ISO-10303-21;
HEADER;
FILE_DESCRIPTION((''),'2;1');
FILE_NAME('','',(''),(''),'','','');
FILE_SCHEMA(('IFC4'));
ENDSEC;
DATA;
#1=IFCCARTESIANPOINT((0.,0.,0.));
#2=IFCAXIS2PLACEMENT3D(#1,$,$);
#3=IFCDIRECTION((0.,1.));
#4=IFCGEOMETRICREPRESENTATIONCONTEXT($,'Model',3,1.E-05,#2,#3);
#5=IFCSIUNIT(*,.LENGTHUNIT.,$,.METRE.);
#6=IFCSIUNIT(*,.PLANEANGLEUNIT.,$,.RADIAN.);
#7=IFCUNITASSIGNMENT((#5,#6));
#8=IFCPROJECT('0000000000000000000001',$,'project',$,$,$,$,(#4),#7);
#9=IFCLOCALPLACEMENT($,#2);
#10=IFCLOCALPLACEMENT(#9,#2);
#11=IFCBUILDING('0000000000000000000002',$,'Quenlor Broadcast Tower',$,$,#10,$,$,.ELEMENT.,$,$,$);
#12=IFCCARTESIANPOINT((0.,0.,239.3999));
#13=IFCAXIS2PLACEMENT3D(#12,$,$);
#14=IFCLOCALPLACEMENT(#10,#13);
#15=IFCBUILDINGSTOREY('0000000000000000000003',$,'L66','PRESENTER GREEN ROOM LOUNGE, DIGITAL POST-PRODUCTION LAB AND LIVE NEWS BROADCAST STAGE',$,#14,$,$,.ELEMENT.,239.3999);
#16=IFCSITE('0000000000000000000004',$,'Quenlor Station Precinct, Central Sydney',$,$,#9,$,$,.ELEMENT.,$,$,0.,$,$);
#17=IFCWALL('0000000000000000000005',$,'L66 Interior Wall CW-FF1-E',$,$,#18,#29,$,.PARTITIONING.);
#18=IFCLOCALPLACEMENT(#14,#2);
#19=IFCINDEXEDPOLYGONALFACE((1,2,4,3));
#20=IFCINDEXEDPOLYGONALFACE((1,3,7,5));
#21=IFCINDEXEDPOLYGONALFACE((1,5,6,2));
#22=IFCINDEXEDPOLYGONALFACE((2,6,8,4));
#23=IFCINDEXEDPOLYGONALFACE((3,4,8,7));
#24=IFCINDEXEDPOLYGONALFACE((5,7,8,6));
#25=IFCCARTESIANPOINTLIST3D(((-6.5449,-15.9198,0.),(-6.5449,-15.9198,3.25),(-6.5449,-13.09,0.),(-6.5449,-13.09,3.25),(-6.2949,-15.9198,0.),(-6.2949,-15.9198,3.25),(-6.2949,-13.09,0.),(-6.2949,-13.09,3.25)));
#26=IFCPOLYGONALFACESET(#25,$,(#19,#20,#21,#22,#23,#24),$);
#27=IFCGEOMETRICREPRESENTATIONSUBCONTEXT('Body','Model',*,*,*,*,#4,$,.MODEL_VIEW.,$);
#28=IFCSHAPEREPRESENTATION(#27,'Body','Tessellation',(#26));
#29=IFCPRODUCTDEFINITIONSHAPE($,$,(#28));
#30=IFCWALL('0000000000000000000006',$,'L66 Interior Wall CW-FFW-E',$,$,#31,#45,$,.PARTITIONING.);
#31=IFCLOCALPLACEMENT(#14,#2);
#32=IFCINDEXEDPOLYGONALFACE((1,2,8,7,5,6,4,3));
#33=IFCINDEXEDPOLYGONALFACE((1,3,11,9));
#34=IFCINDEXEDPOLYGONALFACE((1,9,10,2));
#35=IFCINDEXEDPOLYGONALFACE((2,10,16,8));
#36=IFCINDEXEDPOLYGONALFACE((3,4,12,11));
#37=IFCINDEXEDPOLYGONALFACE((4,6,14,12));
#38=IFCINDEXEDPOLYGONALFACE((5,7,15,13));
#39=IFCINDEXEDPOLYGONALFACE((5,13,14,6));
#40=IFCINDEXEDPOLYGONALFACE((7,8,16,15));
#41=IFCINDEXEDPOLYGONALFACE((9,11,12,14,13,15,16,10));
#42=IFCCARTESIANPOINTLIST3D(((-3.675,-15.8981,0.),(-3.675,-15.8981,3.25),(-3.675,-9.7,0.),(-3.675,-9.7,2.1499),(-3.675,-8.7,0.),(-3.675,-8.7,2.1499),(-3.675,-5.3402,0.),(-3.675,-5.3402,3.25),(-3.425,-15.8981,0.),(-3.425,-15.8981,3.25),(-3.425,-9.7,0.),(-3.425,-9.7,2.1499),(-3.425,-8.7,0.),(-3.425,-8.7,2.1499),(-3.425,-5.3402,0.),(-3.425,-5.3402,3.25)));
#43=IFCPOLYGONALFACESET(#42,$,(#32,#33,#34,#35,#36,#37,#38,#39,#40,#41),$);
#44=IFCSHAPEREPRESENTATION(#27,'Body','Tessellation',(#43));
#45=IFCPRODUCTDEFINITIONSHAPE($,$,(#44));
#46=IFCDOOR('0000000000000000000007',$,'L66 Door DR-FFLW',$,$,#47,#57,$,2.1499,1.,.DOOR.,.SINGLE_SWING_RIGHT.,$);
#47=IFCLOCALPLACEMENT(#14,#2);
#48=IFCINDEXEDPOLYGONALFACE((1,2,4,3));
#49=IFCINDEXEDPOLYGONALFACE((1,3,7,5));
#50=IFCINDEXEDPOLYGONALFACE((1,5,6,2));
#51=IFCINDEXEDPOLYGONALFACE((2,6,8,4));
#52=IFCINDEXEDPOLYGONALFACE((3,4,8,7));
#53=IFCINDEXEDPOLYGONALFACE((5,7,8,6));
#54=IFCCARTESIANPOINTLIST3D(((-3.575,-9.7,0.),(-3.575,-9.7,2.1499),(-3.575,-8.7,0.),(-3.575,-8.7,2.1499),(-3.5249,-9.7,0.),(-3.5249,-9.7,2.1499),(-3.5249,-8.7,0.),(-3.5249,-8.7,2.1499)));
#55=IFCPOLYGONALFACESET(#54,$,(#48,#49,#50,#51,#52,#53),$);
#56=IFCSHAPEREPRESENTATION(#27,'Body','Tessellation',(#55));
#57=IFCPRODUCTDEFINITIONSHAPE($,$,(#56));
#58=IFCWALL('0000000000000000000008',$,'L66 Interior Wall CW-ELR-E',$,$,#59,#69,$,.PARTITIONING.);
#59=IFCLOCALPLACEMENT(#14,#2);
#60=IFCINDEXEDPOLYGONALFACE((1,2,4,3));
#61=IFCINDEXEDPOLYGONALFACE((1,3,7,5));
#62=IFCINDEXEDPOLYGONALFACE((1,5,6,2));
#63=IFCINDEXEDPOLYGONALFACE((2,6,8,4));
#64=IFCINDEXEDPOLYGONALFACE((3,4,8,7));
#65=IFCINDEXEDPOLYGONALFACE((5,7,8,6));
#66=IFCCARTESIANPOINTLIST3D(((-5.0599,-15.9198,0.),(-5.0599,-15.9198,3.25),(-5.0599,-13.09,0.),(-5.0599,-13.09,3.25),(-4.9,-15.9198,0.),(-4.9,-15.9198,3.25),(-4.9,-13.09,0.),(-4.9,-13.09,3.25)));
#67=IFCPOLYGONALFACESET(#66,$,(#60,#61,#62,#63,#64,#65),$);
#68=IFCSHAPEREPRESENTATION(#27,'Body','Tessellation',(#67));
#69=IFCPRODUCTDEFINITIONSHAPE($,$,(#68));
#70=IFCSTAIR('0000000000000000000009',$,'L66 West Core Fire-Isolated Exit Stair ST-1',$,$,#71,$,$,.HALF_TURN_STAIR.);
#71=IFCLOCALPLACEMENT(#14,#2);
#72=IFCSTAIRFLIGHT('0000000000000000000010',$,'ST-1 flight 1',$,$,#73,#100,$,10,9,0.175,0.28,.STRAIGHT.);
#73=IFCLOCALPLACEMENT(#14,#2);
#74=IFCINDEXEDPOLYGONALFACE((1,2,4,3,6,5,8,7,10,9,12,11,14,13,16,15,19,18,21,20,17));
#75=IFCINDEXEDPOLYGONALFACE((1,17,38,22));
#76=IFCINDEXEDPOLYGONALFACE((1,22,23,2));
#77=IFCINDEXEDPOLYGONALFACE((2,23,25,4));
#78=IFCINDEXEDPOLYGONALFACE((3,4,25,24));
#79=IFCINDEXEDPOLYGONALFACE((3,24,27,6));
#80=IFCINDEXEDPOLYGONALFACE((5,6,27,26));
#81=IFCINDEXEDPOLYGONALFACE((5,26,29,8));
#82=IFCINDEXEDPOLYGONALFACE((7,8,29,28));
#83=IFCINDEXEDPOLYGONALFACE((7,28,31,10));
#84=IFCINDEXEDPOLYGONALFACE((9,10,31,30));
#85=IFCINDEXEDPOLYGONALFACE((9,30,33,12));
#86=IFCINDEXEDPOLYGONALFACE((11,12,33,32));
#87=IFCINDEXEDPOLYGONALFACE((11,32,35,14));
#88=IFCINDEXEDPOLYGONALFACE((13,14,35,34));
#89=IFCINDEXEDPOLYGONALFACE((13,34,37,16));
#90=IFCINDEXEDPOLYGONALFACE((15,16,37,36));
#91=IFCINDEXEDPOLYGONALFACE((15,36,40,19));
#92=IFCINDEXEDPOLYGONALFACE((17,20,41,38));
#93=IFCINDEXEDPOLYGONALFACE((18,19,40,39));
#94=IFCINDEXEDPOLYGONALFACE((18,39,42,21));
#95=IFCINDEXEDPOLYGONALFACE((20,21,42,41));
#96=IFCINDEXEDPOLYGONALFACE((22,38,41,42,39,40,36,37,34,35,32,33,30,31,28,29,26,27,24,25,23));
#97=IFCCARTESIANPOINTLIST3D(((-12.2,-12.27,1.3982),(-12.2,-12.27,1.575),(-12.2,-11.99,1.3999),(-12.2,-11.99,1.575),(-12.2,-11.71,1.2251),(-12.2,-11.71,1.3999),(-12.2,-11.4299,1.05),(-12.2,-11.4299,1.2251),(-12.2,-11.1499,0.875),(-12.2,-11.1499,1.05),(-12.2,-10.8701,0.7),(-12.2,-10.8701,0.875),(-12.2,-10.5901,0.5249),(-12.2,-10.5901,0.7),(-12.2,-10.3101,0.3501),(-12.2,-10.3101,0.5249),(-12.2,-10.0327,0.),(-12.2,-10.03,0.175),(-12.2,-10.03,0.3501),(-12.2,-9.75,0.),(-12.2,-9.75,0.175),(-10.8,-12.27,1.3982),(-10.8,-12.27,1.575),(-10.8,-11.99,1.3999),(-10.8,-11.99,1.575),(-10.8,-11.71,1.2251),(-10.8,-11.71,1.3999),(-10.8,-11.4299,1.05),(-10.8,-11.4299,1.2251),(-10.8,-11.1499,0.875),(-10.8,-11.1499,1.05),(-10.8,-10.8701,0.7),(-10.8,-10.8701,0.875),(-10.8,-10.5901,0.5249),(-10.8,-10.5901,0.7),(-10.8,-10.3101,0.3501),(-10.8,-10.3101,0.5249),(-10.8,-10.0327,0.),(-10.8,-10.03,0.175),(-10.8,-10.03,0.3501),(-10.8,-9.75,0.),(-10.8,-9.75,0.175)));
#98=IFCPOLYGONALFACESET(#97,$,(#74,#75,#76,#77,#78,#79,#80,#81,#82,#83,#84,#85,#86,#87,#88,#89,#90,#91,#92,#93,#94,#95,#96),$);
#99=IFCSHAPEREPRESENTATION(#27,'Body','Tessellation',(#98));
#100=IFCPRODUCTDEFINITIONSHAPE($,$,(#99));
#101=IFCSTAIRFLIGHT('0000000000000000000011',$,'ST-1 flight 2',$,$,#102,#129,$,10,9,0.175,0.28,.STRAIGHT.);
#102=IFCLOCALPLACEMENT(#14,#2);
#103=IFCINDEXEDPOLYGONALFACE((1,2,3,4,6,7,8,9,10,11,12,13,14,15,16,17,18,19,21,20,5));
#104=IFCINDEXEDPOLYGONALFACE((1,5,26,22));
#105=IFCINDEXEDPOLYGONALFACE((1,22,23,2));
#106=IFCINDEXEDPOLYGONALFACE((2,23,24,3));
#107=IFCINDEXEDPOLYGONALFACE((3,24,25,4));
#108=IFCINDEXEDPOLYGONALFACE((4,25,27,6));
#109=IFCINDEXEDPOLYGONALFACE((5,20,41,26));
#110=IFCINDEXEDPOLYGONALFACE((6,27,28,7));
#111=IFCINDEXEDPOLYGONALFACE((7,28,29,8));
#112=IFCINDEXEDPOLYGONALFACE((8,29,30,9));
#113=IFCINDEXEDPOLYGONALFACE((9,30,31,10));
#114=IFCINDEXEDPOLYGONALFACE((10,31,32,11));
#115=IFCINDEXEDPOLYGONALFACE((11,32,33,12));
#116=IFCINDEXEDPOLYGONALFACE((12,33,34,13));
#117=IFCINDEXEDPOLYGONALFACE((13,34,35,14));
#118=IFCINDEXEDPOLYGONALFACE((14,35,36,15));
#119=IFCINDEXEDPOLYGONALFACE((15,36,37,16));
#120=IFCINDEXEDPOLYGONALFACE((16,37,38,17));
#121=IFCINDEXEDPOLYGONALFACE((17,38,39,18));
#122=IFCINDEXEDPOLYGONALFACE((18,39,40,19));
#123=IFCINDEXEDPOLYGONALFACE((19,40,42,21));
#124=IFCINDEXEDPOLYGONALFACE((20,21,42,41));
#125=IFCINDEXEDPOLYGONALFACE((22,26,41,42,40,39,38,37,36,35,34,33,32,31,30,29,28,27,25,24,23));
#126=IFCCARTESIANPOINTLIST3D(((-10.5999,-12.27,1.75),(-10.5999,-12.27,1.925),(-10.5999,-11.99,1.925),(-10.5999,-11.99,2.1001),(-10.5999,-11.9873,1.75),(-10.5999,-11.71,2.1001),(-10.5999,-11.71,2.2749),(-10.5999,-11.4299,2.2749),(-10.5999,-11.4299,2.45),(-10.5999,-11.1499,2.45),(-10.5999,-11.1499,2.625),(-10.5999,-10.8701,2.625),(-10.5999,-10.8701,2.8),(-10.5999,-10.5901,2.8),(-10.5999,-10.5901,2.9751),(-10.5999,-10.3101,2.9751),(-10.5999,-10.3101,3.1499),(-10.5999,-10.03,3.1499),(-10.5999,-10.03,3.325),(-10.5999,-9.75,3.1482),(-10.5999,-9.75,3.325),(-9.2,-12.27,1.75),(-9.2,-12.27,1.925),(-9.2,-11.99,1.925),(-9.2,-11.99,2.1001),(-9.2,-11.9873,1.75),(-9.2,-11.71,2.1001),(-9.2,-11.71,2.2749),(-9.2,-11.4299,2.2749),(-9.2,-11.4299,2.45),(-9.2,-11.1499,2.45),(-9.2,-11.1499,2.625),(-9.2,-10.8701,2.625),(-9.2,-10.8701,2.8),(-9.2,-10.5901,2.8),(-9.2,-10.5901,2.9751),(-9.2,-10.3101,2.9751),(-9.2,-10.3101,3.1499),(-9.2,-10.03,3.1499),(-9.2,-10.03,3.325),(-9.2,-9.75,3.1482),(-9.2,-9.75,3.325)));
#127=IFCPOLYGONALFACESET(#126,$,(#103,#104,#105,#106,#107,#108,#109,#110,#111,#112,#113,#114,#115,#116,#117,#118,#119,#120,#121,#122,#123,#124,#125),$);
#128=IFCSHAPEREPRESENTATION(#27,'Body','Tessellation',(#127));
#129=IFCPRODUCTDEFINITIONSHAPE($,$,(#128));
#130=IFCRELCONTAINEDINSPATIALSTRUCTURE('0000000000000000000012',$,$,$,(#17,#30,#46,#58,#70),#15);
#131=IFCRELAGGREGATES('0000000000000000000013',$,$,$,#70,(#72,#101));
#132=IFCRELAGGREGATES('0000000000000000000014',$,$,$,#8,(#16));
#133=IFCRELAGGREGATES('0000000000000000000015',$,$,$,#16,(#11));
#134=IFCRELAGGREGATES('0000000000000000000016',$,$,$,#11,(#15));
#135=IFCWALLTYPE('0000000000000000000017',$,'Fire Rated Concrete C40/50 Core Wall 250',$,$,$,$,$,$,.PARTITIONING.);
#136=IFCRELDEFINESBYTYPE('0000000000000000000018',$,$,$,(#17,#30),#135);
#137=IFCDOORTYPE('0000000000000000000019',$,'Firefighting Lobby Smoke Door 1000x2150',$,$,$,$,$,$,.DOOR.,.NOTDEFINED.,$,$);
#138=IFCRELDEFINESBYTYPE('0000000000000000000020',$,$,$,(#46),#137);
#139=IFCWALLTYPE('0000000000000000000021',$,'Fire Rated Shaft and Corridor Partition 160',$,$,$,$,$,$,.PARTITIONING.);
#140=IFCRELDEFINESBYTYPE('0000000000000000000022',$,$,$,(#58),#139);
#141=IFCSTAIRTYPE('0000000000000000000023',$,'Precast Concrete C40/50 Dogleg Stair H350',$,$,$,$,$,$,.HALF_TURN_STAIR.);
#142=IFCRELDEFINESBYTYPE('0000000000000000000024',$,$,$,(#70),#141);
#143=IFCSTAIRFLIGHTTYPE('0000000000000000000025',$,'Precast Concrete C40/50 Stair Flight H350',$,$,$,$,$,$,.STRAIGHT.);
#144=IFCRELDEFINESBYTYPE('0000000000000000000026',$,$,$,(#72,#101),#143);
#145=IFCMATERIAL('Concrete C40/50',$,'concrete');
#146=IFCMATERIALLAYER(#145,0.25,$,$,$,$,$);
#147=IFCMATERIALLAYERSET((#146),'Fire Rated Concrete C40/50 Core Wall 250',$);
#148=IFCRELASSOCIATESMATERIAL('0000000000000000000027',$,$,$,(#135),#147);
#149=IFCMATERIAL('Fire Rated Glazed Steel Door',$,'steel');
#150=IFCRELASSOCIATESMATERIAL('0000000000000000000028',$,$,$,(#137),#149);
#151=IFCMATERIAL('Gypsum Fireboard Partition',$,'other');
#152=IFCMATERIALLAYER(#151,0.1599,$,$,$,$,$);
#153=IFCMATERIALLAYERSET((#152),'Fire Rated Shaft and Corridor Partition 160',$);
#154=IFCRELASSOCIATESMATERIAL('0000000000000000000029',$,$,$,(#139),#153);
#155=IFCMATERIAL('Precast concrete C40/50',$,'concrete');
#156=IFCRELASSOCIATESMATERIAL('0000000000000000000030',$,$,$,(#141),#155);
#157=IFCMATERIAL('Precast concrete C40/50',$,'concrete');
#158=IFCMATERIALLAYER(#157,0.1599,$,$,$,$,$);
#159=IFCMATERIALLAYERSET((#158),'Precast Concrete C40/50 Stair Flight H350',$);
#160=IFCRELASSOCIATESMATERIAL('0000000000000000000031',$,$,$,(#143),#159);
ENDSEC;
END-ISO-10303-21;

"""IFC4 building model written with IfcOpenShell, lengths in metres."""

from ifc_helpers import new_model, si_unit, direction, frame, frame_2d, origin, place, context, subcontext, project, spatial, polyline, rectangle, outline, extrude, material, layer, layer_set, type_object, element, fill, aggregate, save


model = new_model("IFC4")

# Units and contexts
model_context = context("Model", 3, precision=1e-05, world=origin(), true_north=direction((0.0, 1.0)))
body_context = subcontext(model_context, "Body", "Model", "MODEL_VIEW")
ifc_project = project(units=[si_unit("LENGTHUNIT", "METRE"), si_unit("PLANEANGLEUNIT", "RADIAN")], contexts=[model_context])

# Site, building, storey
site_placement = place(None, origin())
site = spatial("IfcSite", under=ifc_project, at=site_placement, Name="Quenlor Station Precinct, Central Sydney", CompositionType="ELEMENT", RefElevation=0.0)
building_placement = place(site_placement, origin())
building = spatial("IfcBuilding", under=site, at=building_placement, Name="Quenlor Broadcast Tower", CompositionType="ELEMENT")
storey_placement = place(building_placement, frame((0.0, 0.0, 239.3999)))
storey = spatial("IfcBuildingStorey", under=building, at=storey_placement, Name="L66", Description="PRESENTER GREEN ROOM LOUNGE, DIGITAL POST-PRODUCTION LAB AND LIVE NEWS BROADCAST STAGE", CompositionType="ELEMENT", Elevation=239.3999)

# Shared definitions
ifc_material_1 = material(Name="Concrete C40/50", Category="concrete")
ifc_layer_1 = layer(ifc_material_1, 0.25)
ifc_layer_set_1 = layer_set([ifc_layer_1], Name="Fire Rated Concrete C40/50 Core Wall 250")
wall_type_1 = type_object("IfcWallType", Name="Fire Rated Concrete C40/50 Core Wall 250", PredefinedType="PARTITIONING", material=ifc_layer_set_1)

# Wall
wall_1_placement = place(storey_placement, frame((-6.4199, -15.9199, 0.0), z_axis=(0.0, 0.0, 1.0), x_axis=(0.0, 1.0, 0.0)))
element("IfcWall", 1, at=wall_1_placement, inside=storey, type_object=wall_type_1, Name="L66 Interior Wall CW-FF1-E", PredefinedType="PARTITIONING", context=body_context, shape_type="SweptSolid", body=[
    extrude(rectangle(XDim=2.8298, YDim=0.25, at=frame_2d((1.415, 0.0))), origin(), (0.0, 0.0, 1.0), 3.25),
])

# Wall, opening, door
wall_2_placement = place(storey_placement, frame((-3.55, -15.8979, 0.0), z_axis=(0.0, 0.0, 1.0), x_axis=(0.0, 1.0, 0.0)))
wall_2 = element("IfcWall", 2, at=wall_2_placement, inside=storey, type_object=wall_type_1, Name="L66 Interior Wall CW-FFW-E", PredefinedType="PARTITIONING", context=body_context, shape_type="SweptSolid", body=[
    extrude(rectangle(XDim=10.5579, YDim=0.25, at=frame_2d((5.2788, 0.0))), origin(), (0.0, 0.0, 1.0), 3.25),
])
opening_1_placement = place(wall_2_placement, frame((6.198, 0.0, 0.0)))
opening_1 = element("IfcOpeningElement", 3, at=opening_1_placement, cuts=wall_2, PredefinedType="OPENING", context=body_context, shape_type="SweptSolid", body=[
    extrude(rectangle(XDim=1.0, YDim=2.1499, at=frame_2d((0.5, 1.075))), frame((0.0, 0.135, 0.0), z_axis=(0.0, -1.0, 0.0), x_axis=(1.0, 0.0, 0.0)), (0.0, 0.0, 1.0), 0.27),
])
ifc_material_2 = material(Name="Fire Rated Glazed Steel Door", Category="steel")
door_type_1 = type_object("IfcDoorType", Name="Firefighting Lobby Smoke Door 1000x2150", OperationType="NOTDEFINED", PredefinedType="DOOR", material=ifc_material_2)
door_1_placement = place(opening_1_placement, origin())
door_1 = element("IfcDoor", 4, at=door_1_placement, inside=storey, type_object=door_type_1, Name="L66 Door DR-FFLW", OperationType="SINGLE_SWING_RIGHT", OverallHeight=2.1499, OverallWidth=1.0, PredefinedType="DOOR", context=body_context, shape_type="SweptSolid", body=[
    extrude(rectangle(XDim=1.0, YDim=2.1499, at=frame_2d((0.5, 1.075))), frame((0.0, 0.0249, 0.0), z_axis=(0.0, -1.0, 0.0), x_axis=(1.0, 0.0, 0.0)), (0.0, 0.0, 1.0), 0.05),
])
fill(opening_1, door_1)

# Wall
ifc_material_3 = material(Name="Gypsum Fireboard Partition", Category="other")
ifc_layer_2 = layer(ifc_material_3, 0.1599)
ifc_layer_set_2 = layer_set([ifc_layer_2], Name="Fire Rated Shaft and Corridor Partition 160")
wall_type_2 = type_object("IfcWallType", Name="Fire Rated Shaft and Corridor Partition 160", PredefinedType="PARTITIONING", material=ifc_layer_set_2)
wall_3_placement = place(storey_placement, frame((-4.98, -15.9199, 0.0), z_axis=(0.0, 0.0, 1.0), x_axis=(0.0, 1.0, 0.0)))
element("IfcWall", 5, at=wall_3_placement, inside=storey, type_object=wall_type_2, Name="L66 Interior Wall CW-ELR-E", PredefinedType="PARTITIONING", context=body_context, shape_type="SweptSolid", body=[
    extrude(rectangle(XDim=2.8298, YDim=0.1599, at=frame_2d((1.415, 0.0))), origin(), (0.0, 0.0, 1.0), 3.25),
])

# Stair, stair flights
ifc_material_4 = material(Name="Precast concrete C40/50", Category="concrete")
stair_type = type_object("IfcStairType", Name="Precast Concrete C40/50 Dogleg Stair H350", PredefinedType="HALF_TURN_STAIR", material=ifc_material_4)
stair_placement = place(storey_placement, origin())
stair = element("IfcStair", 6, at=stair_placement, inside=storey, type_object=stair_type, Name="L66 West Core Fire-Isolated Exit Stair ST-1", PredefinedType="HALF_TURN_STAIR")
ifc_material_5 = material(Name="Precast concrete C40/50", Category="concrete")
ifc_layer_3 = layer(ifc_material_5, 0.1599)
ifc_layer_set_3 = layer_set([ifc_layer_3], Name="Precast Concrete C40/50 Stair Flight H350")
stair_flight_type = type_object("IfcStairFlightType", Name="Precast Concrete C40/50 Stair Flight H350", PredefinedType="STRAIGHT", material=ifc_layer_set_3)
stair_flight_1_placement = place(storey_placement, frame((-11.5, -9.75, 0.0), z_axis=(0.0, 0.0, 1.0), x_axis=(0.0, -1.0, 0.0)))
stair_flight_1 = element("IfcStairFlight", 7, at=stair_flight_1_placement, type_object=stair_flight_type, Name="ST-1 flight 1", NumberOfRisers=10, NumberOfTreads=9, PredefinedType="STRAIGHT", RiserHeight=0.175, TreadLength=0.28, context=body_context, shape_type="SweptSolid", body=[
    extrude(outline(polyline([(0.0, 0.0), (0.0, 0.175), (0.28, 0.175), (0.28, 0.3501), (0.5601, 0.3501), (0.5601, 0.5249), (0.8401, 0.5249), (0.8401, 0.7), (1.1201, 0.7), (1.1201, 0.875), (1.3999, 0.875), (1.3999, 1.05), (1.6799, 1.05), (1.6799, 1.2251), (1.96, 1.2251), (1.96, 1.3999), (2.24, 1.3999), (2.24, 1.575), (2.52, 1.575), (2.52, 1.75), (2.52, 1.3982), (0.2827, 0.0), (0.0, 0.0)])), frame((0.0, 0.7, 0.0), z_axis=(0.0, -1.0, 0.0), x_axis=(1.0, 0.0, 0.0)), (0.0, 0.0, 1.0), 1.3999),
])
stair_flight_2_placement = place(storey_placement, frame((-9.8999, -12.27, 1.75), z_axis=(0.0, 0.0, 1.0), x_axis=(0.0, 1.0, 0.0)))
stair_flight_2 = element("IfcStairFlight", 8, at=stair_flight_2_placement, type_object=stair_flight_type, Name="ST-1 flight 2", NumberOfRisers=10, NumberOfTreads=9, PredefinedType="STRAIGHT", RiserHeight=0.175, TreadLength=0.28, context=body_context, shape_type="SweptSolid", body=[
    extrude(outline(polyline([(0.0, 0.0), (0.0, 0.175), (0.28, 0.175), (0.28, 0.3501), (0.5601, 0.3501), (0.5601, 0.5249), (0.8401, 0.5249), (0.8401, 0.7), (1.1201, 0.7), (1.1201, 0.875), (1.3999, 0.875), (1.3999, 1.05), (1.6799, 1.05), (1.6799, 1.2251), (1.96, 1.2251), (1.96, 1.3999), (2.24, 1.3999), (2.24, 1.575), (2.52, 1.575), (2.52, 1.75), (2.52, 1.3982), (0.2827, 0.0), (0.0, 0.0)])), frame((0.0, 0.7, 0.0), z_axis=(0.0, -1.0, 0.0), x_axis=(1.0, 0.0, 0.0)), (0.0, 0.0, 1.0), 1.3999),
])
aggregate(stair, [stair_flight_1, stair_flight_2])

save(model, "model.ifc")
